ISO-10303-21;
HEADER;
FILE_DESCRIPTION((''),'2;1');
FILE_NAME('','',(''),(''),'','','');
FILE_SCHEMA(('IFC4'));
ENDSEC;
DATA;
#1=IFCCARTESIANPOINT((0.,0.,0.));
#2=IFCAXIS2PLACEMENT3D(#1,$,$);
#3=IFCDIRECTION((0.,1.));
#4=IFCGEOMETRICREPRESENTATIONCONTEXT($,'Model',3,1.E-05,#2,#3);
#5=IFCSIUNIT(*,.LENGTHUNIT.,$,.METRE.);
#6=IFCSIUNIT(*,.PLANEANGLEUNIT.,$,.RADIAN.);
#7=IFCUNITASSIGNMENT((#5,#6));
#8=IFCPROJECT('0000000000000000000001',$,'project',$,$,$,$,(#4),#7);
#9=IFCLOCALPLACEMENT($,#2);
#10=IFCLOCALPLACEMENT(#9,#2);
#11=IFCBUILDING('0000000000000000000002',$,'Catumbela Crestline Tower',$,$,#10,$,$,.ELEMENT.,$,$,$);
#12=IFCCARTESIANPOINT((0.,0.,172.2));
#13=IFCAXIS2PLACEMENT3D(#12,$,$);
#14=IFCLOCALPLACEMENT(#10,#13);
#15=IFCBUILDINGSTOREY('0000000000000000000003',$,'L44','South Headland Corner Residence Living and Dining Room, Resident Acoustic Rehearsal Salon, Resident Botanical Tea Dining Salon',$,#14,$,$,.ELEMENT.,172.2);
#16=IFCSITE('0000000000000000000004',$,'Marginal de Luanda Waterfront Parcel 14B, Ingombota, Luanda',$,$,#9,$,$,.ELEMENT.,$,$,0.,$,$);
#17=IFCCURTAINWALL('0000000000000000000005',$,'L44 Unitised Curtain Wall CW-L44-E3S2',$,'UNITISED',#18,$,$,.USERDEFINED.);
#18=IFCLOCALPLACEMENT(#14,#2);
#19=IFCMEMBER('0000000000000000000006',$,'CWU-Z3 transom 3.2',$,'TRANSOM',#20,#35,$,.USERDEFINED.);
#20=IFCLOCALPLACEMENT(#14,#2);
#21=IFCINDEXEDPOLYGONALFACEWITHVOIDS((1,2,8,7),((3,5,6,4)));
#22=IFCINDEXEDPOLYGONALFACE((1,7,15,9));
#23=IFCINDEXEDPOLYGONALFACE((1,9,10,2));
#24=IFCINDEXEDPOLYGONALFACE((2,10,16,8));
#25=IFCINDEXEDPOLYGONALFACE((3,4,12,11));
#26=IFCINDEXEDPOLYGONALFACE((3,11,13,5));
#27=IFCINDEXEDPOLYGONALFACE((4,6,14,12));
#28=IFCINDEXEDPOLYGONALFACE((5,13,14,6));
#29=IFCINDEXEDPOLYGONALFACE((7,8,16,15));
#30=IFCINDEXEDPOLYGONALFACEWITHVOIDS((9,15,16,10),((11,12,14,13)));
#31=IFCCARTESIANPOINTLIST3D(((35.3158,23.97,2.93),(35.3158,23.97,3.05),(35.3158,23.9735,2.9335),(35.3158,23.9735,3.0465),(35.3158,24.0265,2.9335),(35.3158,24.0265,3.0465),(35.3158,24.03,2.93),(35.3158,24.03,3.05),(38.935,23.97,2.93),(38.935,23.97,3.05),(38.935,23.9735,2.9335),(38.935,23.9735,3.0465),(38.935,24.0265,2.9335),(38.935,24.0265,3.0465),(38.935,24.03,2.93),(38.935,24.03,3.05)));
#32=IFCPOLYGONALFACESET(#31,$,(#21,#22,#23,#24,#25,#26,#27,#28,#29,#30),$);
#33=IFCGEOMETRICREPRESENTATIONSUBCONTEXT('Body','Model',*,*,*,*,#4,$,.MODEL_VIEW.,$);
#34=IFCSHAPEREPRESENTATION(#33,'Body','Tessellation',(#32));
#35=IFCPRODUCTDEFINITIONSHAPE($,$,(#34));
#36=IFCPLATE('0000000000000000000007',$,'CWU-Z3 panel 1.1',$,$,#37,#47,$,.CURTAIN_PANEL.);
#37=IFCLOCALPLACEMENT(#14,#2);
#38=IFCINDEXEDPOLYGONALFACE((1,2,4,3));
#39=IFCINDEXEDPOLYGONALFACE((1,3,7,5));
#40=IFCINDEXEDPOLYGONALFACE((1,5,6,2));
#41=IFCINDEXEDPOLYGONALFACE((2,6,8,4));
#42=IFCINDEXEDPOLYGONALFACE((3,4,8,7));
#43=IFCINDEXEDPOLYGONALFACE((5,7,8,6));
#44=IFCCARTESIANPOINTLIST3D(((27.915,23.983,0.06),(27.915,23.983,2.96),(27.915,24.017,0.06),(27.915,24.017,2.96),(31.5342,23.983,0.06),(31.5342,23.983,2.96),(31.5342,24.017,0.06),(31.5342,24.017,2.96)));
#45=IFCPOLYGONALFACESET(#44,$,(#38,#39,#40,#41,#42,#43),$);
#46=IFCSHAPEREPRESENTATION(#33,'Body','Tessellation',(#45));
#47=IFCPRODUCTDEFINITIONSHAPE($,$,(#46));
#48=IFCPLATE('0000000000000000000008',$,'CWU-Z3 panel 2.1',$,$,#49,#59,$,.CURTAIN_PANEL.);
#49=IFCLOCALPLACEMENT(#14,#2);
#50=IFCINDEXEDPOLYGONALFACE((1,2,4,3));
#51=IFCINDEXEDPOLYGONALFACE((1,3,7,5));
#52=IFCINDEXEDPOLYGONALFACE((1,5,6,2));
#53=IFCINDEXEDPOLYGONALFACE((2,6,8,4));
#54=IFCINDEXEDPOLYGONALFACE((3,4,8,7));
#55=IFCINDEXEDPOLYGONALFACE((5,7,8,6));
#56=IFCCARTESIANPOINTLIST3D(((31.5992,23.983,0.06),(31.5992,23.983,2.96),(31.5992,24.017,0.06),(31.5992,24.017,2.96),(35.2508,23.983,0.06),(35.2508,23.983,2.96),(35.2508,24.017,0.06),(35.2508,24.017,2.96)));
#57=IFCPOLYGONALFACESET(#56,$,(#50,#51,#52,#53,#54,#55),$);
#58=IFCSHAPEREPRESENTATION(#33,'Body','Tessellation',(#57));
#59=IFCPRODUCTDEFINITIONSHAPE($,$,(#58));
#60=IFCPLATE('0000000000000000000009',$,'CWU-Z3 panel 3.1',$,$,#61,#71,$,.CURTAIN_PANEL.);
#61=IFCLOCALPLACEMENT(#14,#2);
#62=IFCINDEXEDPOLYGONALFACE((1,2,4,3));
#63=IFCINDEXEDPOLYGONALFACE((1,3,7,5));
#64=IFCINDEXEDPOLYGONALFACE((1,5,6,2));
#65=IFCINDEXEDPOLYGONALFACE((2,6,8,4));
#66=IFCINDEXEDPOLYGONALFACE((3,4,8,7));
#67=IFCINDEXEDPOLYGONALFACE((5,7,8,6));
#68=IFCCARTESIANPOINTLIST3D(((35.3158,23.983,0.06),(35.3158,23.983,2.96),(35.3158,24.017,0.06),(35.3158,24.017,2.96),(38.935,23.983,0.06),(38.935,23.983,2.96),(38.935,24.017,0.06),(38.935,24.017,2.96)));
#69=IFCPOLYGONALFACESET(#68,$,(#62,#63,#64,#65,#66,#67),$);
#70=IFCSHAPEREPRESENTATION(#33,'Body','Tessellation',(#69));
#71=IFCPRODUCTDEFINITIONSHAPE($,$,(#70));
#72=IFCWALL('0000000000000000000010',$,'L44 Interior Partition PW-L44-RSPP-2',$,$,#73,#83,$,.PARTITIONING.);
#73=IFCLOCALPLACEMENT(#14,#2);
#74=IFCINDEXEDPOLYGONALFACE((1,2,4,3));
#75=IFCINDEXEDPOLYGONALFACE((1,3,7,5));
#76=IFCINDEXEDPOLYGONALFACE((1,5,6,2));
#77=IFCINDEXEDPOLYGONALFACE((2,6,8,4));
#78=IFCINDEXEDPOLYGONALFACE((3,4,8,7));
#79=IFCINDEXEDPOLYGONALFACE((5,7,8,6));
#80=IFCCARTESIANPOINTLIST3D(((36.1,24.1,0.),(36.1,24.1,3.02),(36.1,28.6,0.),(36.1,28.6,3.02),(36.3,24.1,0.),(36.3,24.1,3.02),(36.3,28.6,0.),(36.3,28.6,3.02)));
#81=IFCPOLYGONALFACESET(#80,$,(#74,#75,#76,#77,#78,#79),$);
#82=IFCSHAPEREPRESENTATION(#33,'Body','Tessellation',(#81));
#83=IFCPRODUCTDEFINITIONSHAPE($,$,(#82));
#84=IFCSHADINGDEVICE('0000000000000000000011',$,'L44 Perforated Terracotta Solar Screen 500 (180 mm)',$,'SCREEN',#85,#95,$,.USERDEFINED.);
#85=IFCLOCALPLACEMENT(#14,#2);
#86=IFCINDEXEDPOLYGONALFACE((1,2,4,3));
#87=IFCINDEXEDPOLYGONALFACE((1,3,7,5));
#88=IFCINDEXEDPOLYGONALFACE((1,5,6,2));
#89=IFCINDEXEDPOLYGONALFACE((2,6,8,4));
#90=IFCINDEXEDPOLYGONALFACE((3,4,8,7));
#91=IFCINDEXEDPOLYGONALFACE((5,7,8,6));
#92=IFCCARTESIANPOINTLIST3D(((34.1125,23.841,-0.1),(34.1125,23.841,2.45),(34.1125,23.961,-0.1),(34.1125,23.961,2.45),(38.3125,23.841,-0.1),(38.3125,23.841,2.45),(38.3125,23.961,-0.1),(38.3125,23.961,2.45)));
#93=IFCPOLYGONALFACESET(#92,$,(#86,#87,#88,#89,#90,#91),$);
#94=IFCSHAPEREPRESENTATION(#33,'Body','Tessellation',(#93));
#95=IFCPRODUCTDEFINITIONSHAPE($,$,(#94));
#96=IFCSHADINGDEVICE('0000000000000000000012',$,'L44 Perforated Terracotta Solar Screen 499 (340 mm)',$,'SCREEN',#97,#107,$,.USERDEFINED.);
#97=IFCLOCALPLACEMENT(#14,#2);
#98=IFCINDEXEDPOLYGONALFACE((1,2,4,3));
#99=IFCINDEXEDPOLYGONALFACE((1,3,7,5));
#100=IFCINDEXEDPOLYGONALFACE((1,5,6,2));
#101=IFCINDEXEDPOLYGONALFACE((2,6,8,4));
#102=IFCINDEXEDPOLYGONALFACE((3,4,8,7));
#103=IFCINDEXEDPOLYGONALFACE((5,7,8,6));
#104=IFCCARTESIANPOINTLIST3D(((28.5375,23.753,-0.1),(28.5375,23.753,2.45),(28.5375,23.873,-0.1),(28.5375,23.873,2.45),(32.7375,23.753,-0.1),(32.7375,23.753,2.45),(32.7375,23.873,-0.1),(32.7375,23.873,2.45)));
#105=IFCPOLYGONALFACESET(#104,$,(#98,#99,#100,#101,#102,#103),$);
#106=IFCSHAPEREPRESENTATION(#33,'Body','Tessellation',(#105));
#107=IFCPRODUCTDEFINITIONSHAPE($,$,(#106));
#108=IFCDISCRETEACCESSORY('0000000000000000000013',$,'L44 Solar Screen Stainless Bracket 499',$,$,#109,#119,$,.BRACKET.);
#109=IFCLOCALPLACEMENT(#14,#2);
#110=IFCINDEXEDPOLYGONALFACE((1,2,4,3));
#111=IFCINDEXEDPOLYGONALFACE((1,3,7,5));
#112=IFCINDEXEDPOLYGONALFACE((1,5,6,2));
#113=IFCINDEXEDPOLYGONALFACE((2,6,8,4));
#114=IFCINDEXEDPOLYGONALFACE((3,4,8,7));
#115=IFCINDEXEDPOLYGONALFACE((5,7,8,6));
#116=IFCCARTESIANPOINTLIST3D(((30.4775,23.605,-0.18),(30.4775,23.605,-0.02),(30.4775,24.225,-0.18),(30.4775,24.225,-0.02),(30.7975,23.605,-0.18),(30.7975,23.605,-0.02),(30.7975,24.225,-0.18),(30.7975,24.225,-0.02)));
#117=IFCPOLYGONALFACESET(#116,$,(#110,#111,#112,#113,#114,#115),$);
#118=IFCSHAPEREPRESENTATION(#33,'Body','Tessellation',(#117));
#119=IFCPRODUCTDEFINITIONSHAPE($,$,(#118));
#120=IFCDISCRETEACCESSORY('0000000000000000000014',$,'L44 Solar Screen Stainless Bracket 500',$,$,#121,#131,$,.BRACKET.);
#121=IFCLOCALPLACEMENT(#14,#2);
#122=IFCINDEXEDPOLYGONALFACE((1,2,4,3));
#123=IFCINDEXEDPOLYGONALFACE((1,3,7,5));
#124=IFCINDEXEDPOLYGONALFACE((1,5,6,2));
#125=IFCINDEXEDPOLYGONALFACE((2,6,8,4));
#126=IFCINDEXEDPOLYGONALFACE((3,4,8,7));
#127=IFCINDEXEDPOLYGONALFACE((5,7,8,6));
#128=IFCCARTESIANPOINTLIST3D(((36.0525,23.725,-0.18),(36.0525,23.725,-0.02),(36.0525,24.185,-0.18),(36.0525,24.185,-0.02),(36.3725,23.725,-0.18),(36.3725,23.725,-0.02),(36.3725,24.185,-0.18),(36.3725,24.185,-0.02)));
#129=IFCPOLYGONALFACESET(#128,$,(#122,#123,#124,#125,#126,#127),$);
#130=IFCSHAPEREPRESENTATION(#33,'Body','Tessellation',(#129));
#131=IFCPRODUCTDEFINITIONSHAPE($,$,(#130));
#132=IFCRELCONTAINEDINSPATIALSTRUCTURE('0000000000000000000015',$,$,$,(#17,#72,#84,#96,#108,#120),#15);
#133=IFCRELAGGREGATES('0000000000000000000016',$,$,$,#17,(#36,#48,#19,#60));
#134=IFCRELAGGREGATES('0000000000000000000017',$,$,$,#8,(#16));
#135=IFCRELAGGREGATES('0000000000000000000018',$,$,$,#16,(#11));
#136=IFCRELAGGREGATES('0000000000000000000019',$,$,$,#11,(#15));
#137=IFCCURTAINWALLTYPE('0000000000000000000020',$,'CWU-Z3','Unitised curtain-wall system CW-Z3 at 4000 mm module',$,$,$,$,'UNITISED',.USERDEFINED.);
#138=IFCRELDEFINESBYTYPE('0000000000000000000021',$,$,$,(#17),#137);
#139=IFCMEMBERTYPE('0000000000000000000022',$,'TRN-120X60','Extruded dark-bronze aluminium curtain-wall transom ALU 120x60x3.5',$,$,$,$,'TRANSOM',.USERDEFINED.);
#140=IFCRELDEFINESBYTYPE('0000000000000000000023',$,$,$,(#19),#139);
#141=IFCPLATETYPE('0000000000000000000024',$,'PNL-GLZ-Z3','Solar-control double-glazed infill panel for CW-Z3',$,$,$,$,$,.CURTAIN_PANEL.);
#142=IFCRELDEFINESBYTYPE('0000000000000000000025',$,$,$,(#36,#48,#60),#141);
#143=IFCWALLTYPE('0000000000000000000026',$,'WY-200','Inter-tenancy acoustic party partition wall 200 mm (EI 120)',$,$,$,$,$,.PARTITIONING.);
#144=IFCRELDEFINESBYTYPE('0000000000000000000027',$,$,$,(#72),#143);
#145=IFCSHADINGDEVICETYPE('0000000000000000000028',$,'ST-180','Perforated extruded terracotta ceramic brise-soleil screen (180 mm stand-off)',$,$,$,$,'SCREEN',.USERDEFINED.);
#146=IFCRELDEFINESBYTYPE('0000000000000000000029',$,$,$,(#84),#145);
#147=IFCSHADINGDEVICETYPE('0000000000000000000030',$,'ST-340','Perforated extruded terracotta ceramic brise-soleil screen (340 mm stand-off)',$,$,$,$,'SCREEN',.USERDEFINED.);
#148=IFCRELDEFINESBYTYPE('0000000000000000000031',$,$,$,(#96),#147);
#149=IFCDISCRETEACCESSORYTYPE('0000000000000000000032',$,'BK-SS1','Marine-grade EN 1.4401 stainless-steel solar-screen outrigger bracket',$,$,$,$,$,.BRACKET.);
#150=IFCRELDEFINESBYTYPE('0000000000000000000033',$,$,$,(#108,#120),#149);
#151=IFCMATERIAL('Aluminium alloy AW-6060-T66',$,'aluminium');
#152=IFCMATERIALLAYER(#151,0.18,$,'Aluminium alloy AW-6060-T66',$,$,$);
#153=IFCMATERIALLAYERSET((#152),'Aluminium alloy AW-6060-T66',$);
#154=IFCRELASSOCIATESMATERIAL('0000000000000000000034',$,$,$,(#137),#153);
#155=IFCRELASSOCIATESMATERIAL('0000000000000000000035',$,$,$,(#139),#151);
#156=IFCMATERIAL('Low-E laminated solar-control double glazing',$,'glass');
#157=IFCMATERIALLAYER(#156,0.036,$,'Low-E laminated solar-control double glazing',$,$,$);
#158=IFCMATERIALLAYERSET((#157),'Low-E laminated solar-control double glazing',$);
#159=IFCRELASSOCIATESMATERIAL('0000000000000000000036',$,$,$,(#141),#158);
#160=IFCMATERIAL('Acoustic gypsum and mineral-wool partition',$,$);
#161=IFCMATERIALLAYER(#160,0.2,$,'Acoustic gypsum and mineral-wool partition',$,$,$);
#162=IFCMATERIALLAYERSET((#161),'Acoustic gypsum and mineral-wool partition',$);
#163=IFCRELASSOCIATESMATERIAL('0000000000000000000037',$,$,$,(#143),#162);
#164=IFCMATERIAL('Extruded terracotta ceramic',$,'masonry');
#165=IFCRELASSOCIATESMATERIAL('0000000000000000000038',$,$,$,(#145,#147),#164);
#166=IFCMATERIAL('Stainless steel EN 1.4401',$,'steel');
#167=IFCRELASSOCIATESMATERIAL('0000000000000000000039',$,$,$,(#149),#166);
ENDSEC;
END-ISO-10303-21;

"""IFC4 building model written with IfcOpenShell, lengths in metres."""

from ifc_helpers import new_model, si_unit, direction, frame, frame_2d, origin, origin_2d, place, context, subcontext, project, spatial, rectangle, hollow_rectangle, extrude, material, layer, layer_set, material_profile, profile_set, type_object, element, aggregate, save


model = new_model("IFC4")

# Units and contexts
model_context = context("Model", 3, precision=1e-05, world=origin(), true_north=direction((0.0, 1.0)))
body_context = subcontext(model_context, "Body", "Model", "MODEL_VIEW")
ifc_project = project(units=[si_unit("LENGTHUNIT", "METRE"), si_unit("PLANEANGLEUNIT", "RADIAN")], contexts=[model_context])

# Site, building, storey
site_placement = place(None, origin())
site = spatial("IfcSite", under=ifc_project, at=site_placement, Name="Marginal de Luanda Waterfront Parcel 14B, Ingombota, Luanda", CompositionType="ELEMENT", RefElevation=0.0)
building_placement = place(site_placement, origin())
building = spatial("IfcBuilding", under=site, at=building_placement, Name="Catumbela Crestline Tower", CompositionType="ELEMENT")
storey_placement = place(building_placement, frame((0.0, 0.0, 172.2)))
storey = spatial("IfcBuildingStorey", under=building, at=storey_placement, Name="L44", Description="South Headland Corner Residence Living and Dining Room, Resident Acoustic Rehearsal Salon, Resident Botanical Tea Dining Salon", CompositionType="ELEMENT", Elevation=172.2)

# Curtain wall
ifc_material_1 = material(Name="Aluminium alloy AW-6060-T66", Category="aluminium")
ifc_layer_1 = layer(ifc_material_1, 0.18, Name="Aluminium alloy AW-6060-T66")
ifc_layer_set_1 = layer_set([ifc_layer_1], Name="Aluminium alloy AW-6060-T66")
curtain_wall_type = type_object("IfcCurtainWallType", Name="CWU-Z3", Description="Unitised curtain-wall system CW-Z3 at 4000 mm module", ElementType="UNITISED", PredefinedType="USERDEFINED", material=ifc_layer_set_1)
curtain_wall_placement = place(storey_placement, origin())
curtain_wall = element("IfcCurtainWall", 1, at=curtain_wall_placement, inside=storey, type_object=curtain_wall_type, Name="L44 Unitised Curtain Wall CW-L44-E3S2", ObjectType="UNITISED", PredefinedType="USERDEFINED")

# Member
ifc_material_profile_1 = material_profile(ifc_material_1, hollow_rectangle(XDim=0.06, YDim=0.12, WallThickness=0.0035, at=origin_2d()), Name="ALU 120x60x3.5")
ifc_profile_set_1 = profile_set([ifc_material_profile_1], Name="Aluminium alloy AW-6060-T66")
member_type_1 = type_object("IfcMemberType", Name="TRN-120X60", Description="Extruded dark-bronze aluminium curtain-wall transom ALU 120x60x3.5", ElementType="TRANSOM", PredefinedType="USERDEFINED", material=ifc_profile_set_1)
member_1_placement = place(storey_placement, frame((35.3158, 24.0, 2.99), z_axis=(1.0, 0.0, 0.0), x_axis=(0.0, 1.0, 0.0)))
member_1 = element("IfcMember", 2, at=member_1_placement, type_object=member_type_1, Name="CWU-Z3 transom 3.2", ObjectType="TRANSOM", PredefinedType="USERDEFINED", context=body_context, shape_type="SweptSolid", body=[
    extrude(hollow_rectangle(XDim=0.06, YDim=0.12, WallThickness=0.0035, at=origin_2d()), origin(), (0.0, 0.0, 1.0), 3.6192),
])

# Plates
ifc_material_2 = material(Name="Low-E laminated solar-control double glazing", Category="glass")
ifc_layer_2 = layer(ifc_material_2, 0.036, Name="Low-E laminated solar-control double glazing")
ifc_layer_set_2 = layer_set([ifc_layer_2], Name="Low-E laminated solar-control double glazing")
plate_type = type_object("IfcPlateType", Name="PNL-GLZ-Z3", Description="Solar-control double-glazed infill panel for CW-Z3", PredefinedType="CURTAIN_PANEL", material=ifc_layer_set_2)
plate_1_placement = place(storey_placement, frame((29.7246, 24.0, 0.06), z_axis=(0.0, 0.0, 1.0), x_axis=(1.0, 0.0, 0.0)))
plate_1 = element("IfcPlate", 3, at=plate_1_placement, type_object=plate_type, Name="CWU-Z3 panel 1.1", PredefinedType="CURTAIN_PANEL", context=body_context, shape_type="SweptSolid", body=[
    extrude(rectangle(XDim=3.6192, YDim=0.034, at=origin_2d()), origin(), (0.0, 0.0, 1.0), 2.9),
])
plate_2_placement = place(storey_placement, frame((33.425, 24.0, 0.06), z_axis=(0.0, 0.0, 1.0), x_axis=(1.0, 0.0, 0.0)))
plate_2 = element("IfcPlate", 4, at=plate_2_placement, type_object=plate_type, Name="CWU-Z3 panel 2.1", PredefinedType="CURTAIN_PANEL", context=body_context, shape_type="SweptSolid", body=[
    extrude(rectangle(XDim=3.6517, YDim=0.034, at=origin_2d()), origin(), (0.0, 0.0, 1.0), 2.9),
])
plate_3_placement = place(storey_placement, frame((37.1254, 24.0, 0.06), z_axis=(0.0, 0.0, 1.0), x_axis=(1.0, 0.0, 0.0)))
plate_3 = element("IfcPlate", 5, at=plate_3_placement, type_object=plate_type, Name="CWU-Z3 panel 3.1", PredefinedType="CURTAIN_PANEL", context=body_context, shape_type="SweptSolid", body=[
    extrude(rectangle(XDim=3.6192, YDim=0.034, at=origin_2d()), origin(), (0.0, 0.0, 1.0), 2.9),
])
aggregate(curtain_wall, [plate_1, plate_2, member_1, plate_3])

# Wall
ifc_material_3 = material(Name="Acoustic gypsum and mineral-wool partition")
ifc_layer_3 = layer(ifc_material_3, 0.2, Name="Acoustic gypsum and mineral-wool partition")
ifc_layer_set_3 = layer_set([ifc_layer_3], Name="Acoustic gypsum and mineral-wool partition")
wall_type = type_object("IfcWallType", Name="WY-200", Description="Inter-tenancy acoustic party partition wall 200 mm (EI 120)", PredefinedType="PARTITIONING", material=ifc_layer_set_3)
wall_placement = place(storey_placement, frame((36.2, 24.1, 0.0), z_axis=(0.0, 0.0, 1.0), x_axis=(0.0, 1.0, 0.0)))
element("IfcWall", 6, at=wall_placement, inside=storey, type_object=wall_type, Name="L44 Interior Partition PW-L44-RSPP-2", PredefinedType="PARTITIONING", context=body_context, shape_type="SweptSolid", body=[
    extrude(rectangle(XDim=4.5, YDim=0.2, at=frame_2d((2.25, 0.0))), origin(), (0.0, 0.0, 1.0), 3.02),
])

# Shading devices
ifc_material_4 = material(Name="Extruded terracotta ceramic", Category="masonry")
shading_device_type_1 = type_object("IfcShadingDeviceType", Name="ST-180", Description="Perforated extruded terracotta ceramic brise-soleil screen (180 mm stand-off)", ElementType="SCREEN", PredefinedType="USERDEFINED", material=ifc_material_4)
shading_device_1_placement = place(storey_placement, frame((36.2125, 23.901, -0.1), z_axis=(0.0, 0.0, 1.0), x_axis=(1.0, 0.0, 0.0)))
element("IfcShadingDevice", 7, at=shading_device_1_placement, inside=storey, type_object=shading_device_type_1, Name="L44 Perforated Terracotta Solar Screen 500 (180 mm)", ObjectType="SCREEN", PredefinedType="USERDEFINED", context=body_context, shape_type="SweptSolid", body=[
    extrude(rectangle(XDim=4.2, YDim=0.12, at=origin_2d()), origin(), (0.0, 0.0, 1.0), 2.55),
])
shading_device_type_2 = type_object("IfcShadingDeviceType", Name="ST-340", Description="Perforated extruded terracotta ceramic brise-soleil screen (340 mm stand-off)", ElementType="SCREEN", PredefinedType="USERDEFINED", material=ifc_material_4)
shading_device_2_placement = place(storey_placement, frame((30.6375, 23.813, -0.1), z_axis=(0.0, 0.0, 1.0), x_axis=(1.0, 0.0, 0.0)))
element("IfcShadingDevice", 8, at=shading_device_2_placement, inside=storey, type_object=shading_device_type_2, Name="L44 Perforated Terracotta Solar Screen 499 (340 mm)", ObjectType="SCREEN", PredefinedType="USERDEFINED", context=body_context, shape_type="SweptSolid", body=[
    extrude(rectangle(XDim=4.2, YDim=0.12, at=origin_2d()), origin(), (0.0, 0.0, 1.0), 2.55),
])

# Discrete accessories
ifc_material_5 = material(Name="Stainless steel EN 1.4401", Category="steel")
discrete_accessory_type = type_object("IfcDiscreteAccessoryType", Name="BK-SS1", Description="Marine-grade EN 1.4401 stainless-steel solar-screen outrigger bracket", PredefinedType="BRACKET", material=ifc_material_5)
discrete_accessory_1_placement = place(storey_placement, frame((30.6375, 23.915, -0.18), z_axis=(0.0, 0.0, 1.0), x_axis=(1.0, 0.0, 0.0)))
element("IfcDiscreteAccessory", 9, at=discrete_accessory_1_placement, inside=storey, type_object=discrete_accessory_type, Name="L44 Solar Screen Stainless Bracket 499", PredefinedType="BRACKET", context=body_context, shape_type="SweptSolid", body=[
    extrude(rectangle(XDim=0.32, YDim=0.62, at=origin_2d()), origin(), (0.0, 0.0, 1.0), 0.16),
])
discrete_accessory_2_placement = place(storey_placement, frame((36.2125, 23.955, -0.18), z_axis=(0.0, 0.0, 1.0), x_axis=(1.0, 0.0, 0.0)))
element("IfcDiscreteAccessory", 10, at=discrete_accessory_2_placement, inside=storey, type_object=discrete_accessory_type, Name="L44 Solar Screen Stainless Bracket 500", PredefinedType="BRACKET", context=body_context, shape_type="SweptSolid", body=[
    extrude(rectangle(XDim=0.32, YDim=0.46, at=origin_2d()), origin(), (0.0, 0.0, 1.0), 0.16),
])

save(model, "model.ifc")
